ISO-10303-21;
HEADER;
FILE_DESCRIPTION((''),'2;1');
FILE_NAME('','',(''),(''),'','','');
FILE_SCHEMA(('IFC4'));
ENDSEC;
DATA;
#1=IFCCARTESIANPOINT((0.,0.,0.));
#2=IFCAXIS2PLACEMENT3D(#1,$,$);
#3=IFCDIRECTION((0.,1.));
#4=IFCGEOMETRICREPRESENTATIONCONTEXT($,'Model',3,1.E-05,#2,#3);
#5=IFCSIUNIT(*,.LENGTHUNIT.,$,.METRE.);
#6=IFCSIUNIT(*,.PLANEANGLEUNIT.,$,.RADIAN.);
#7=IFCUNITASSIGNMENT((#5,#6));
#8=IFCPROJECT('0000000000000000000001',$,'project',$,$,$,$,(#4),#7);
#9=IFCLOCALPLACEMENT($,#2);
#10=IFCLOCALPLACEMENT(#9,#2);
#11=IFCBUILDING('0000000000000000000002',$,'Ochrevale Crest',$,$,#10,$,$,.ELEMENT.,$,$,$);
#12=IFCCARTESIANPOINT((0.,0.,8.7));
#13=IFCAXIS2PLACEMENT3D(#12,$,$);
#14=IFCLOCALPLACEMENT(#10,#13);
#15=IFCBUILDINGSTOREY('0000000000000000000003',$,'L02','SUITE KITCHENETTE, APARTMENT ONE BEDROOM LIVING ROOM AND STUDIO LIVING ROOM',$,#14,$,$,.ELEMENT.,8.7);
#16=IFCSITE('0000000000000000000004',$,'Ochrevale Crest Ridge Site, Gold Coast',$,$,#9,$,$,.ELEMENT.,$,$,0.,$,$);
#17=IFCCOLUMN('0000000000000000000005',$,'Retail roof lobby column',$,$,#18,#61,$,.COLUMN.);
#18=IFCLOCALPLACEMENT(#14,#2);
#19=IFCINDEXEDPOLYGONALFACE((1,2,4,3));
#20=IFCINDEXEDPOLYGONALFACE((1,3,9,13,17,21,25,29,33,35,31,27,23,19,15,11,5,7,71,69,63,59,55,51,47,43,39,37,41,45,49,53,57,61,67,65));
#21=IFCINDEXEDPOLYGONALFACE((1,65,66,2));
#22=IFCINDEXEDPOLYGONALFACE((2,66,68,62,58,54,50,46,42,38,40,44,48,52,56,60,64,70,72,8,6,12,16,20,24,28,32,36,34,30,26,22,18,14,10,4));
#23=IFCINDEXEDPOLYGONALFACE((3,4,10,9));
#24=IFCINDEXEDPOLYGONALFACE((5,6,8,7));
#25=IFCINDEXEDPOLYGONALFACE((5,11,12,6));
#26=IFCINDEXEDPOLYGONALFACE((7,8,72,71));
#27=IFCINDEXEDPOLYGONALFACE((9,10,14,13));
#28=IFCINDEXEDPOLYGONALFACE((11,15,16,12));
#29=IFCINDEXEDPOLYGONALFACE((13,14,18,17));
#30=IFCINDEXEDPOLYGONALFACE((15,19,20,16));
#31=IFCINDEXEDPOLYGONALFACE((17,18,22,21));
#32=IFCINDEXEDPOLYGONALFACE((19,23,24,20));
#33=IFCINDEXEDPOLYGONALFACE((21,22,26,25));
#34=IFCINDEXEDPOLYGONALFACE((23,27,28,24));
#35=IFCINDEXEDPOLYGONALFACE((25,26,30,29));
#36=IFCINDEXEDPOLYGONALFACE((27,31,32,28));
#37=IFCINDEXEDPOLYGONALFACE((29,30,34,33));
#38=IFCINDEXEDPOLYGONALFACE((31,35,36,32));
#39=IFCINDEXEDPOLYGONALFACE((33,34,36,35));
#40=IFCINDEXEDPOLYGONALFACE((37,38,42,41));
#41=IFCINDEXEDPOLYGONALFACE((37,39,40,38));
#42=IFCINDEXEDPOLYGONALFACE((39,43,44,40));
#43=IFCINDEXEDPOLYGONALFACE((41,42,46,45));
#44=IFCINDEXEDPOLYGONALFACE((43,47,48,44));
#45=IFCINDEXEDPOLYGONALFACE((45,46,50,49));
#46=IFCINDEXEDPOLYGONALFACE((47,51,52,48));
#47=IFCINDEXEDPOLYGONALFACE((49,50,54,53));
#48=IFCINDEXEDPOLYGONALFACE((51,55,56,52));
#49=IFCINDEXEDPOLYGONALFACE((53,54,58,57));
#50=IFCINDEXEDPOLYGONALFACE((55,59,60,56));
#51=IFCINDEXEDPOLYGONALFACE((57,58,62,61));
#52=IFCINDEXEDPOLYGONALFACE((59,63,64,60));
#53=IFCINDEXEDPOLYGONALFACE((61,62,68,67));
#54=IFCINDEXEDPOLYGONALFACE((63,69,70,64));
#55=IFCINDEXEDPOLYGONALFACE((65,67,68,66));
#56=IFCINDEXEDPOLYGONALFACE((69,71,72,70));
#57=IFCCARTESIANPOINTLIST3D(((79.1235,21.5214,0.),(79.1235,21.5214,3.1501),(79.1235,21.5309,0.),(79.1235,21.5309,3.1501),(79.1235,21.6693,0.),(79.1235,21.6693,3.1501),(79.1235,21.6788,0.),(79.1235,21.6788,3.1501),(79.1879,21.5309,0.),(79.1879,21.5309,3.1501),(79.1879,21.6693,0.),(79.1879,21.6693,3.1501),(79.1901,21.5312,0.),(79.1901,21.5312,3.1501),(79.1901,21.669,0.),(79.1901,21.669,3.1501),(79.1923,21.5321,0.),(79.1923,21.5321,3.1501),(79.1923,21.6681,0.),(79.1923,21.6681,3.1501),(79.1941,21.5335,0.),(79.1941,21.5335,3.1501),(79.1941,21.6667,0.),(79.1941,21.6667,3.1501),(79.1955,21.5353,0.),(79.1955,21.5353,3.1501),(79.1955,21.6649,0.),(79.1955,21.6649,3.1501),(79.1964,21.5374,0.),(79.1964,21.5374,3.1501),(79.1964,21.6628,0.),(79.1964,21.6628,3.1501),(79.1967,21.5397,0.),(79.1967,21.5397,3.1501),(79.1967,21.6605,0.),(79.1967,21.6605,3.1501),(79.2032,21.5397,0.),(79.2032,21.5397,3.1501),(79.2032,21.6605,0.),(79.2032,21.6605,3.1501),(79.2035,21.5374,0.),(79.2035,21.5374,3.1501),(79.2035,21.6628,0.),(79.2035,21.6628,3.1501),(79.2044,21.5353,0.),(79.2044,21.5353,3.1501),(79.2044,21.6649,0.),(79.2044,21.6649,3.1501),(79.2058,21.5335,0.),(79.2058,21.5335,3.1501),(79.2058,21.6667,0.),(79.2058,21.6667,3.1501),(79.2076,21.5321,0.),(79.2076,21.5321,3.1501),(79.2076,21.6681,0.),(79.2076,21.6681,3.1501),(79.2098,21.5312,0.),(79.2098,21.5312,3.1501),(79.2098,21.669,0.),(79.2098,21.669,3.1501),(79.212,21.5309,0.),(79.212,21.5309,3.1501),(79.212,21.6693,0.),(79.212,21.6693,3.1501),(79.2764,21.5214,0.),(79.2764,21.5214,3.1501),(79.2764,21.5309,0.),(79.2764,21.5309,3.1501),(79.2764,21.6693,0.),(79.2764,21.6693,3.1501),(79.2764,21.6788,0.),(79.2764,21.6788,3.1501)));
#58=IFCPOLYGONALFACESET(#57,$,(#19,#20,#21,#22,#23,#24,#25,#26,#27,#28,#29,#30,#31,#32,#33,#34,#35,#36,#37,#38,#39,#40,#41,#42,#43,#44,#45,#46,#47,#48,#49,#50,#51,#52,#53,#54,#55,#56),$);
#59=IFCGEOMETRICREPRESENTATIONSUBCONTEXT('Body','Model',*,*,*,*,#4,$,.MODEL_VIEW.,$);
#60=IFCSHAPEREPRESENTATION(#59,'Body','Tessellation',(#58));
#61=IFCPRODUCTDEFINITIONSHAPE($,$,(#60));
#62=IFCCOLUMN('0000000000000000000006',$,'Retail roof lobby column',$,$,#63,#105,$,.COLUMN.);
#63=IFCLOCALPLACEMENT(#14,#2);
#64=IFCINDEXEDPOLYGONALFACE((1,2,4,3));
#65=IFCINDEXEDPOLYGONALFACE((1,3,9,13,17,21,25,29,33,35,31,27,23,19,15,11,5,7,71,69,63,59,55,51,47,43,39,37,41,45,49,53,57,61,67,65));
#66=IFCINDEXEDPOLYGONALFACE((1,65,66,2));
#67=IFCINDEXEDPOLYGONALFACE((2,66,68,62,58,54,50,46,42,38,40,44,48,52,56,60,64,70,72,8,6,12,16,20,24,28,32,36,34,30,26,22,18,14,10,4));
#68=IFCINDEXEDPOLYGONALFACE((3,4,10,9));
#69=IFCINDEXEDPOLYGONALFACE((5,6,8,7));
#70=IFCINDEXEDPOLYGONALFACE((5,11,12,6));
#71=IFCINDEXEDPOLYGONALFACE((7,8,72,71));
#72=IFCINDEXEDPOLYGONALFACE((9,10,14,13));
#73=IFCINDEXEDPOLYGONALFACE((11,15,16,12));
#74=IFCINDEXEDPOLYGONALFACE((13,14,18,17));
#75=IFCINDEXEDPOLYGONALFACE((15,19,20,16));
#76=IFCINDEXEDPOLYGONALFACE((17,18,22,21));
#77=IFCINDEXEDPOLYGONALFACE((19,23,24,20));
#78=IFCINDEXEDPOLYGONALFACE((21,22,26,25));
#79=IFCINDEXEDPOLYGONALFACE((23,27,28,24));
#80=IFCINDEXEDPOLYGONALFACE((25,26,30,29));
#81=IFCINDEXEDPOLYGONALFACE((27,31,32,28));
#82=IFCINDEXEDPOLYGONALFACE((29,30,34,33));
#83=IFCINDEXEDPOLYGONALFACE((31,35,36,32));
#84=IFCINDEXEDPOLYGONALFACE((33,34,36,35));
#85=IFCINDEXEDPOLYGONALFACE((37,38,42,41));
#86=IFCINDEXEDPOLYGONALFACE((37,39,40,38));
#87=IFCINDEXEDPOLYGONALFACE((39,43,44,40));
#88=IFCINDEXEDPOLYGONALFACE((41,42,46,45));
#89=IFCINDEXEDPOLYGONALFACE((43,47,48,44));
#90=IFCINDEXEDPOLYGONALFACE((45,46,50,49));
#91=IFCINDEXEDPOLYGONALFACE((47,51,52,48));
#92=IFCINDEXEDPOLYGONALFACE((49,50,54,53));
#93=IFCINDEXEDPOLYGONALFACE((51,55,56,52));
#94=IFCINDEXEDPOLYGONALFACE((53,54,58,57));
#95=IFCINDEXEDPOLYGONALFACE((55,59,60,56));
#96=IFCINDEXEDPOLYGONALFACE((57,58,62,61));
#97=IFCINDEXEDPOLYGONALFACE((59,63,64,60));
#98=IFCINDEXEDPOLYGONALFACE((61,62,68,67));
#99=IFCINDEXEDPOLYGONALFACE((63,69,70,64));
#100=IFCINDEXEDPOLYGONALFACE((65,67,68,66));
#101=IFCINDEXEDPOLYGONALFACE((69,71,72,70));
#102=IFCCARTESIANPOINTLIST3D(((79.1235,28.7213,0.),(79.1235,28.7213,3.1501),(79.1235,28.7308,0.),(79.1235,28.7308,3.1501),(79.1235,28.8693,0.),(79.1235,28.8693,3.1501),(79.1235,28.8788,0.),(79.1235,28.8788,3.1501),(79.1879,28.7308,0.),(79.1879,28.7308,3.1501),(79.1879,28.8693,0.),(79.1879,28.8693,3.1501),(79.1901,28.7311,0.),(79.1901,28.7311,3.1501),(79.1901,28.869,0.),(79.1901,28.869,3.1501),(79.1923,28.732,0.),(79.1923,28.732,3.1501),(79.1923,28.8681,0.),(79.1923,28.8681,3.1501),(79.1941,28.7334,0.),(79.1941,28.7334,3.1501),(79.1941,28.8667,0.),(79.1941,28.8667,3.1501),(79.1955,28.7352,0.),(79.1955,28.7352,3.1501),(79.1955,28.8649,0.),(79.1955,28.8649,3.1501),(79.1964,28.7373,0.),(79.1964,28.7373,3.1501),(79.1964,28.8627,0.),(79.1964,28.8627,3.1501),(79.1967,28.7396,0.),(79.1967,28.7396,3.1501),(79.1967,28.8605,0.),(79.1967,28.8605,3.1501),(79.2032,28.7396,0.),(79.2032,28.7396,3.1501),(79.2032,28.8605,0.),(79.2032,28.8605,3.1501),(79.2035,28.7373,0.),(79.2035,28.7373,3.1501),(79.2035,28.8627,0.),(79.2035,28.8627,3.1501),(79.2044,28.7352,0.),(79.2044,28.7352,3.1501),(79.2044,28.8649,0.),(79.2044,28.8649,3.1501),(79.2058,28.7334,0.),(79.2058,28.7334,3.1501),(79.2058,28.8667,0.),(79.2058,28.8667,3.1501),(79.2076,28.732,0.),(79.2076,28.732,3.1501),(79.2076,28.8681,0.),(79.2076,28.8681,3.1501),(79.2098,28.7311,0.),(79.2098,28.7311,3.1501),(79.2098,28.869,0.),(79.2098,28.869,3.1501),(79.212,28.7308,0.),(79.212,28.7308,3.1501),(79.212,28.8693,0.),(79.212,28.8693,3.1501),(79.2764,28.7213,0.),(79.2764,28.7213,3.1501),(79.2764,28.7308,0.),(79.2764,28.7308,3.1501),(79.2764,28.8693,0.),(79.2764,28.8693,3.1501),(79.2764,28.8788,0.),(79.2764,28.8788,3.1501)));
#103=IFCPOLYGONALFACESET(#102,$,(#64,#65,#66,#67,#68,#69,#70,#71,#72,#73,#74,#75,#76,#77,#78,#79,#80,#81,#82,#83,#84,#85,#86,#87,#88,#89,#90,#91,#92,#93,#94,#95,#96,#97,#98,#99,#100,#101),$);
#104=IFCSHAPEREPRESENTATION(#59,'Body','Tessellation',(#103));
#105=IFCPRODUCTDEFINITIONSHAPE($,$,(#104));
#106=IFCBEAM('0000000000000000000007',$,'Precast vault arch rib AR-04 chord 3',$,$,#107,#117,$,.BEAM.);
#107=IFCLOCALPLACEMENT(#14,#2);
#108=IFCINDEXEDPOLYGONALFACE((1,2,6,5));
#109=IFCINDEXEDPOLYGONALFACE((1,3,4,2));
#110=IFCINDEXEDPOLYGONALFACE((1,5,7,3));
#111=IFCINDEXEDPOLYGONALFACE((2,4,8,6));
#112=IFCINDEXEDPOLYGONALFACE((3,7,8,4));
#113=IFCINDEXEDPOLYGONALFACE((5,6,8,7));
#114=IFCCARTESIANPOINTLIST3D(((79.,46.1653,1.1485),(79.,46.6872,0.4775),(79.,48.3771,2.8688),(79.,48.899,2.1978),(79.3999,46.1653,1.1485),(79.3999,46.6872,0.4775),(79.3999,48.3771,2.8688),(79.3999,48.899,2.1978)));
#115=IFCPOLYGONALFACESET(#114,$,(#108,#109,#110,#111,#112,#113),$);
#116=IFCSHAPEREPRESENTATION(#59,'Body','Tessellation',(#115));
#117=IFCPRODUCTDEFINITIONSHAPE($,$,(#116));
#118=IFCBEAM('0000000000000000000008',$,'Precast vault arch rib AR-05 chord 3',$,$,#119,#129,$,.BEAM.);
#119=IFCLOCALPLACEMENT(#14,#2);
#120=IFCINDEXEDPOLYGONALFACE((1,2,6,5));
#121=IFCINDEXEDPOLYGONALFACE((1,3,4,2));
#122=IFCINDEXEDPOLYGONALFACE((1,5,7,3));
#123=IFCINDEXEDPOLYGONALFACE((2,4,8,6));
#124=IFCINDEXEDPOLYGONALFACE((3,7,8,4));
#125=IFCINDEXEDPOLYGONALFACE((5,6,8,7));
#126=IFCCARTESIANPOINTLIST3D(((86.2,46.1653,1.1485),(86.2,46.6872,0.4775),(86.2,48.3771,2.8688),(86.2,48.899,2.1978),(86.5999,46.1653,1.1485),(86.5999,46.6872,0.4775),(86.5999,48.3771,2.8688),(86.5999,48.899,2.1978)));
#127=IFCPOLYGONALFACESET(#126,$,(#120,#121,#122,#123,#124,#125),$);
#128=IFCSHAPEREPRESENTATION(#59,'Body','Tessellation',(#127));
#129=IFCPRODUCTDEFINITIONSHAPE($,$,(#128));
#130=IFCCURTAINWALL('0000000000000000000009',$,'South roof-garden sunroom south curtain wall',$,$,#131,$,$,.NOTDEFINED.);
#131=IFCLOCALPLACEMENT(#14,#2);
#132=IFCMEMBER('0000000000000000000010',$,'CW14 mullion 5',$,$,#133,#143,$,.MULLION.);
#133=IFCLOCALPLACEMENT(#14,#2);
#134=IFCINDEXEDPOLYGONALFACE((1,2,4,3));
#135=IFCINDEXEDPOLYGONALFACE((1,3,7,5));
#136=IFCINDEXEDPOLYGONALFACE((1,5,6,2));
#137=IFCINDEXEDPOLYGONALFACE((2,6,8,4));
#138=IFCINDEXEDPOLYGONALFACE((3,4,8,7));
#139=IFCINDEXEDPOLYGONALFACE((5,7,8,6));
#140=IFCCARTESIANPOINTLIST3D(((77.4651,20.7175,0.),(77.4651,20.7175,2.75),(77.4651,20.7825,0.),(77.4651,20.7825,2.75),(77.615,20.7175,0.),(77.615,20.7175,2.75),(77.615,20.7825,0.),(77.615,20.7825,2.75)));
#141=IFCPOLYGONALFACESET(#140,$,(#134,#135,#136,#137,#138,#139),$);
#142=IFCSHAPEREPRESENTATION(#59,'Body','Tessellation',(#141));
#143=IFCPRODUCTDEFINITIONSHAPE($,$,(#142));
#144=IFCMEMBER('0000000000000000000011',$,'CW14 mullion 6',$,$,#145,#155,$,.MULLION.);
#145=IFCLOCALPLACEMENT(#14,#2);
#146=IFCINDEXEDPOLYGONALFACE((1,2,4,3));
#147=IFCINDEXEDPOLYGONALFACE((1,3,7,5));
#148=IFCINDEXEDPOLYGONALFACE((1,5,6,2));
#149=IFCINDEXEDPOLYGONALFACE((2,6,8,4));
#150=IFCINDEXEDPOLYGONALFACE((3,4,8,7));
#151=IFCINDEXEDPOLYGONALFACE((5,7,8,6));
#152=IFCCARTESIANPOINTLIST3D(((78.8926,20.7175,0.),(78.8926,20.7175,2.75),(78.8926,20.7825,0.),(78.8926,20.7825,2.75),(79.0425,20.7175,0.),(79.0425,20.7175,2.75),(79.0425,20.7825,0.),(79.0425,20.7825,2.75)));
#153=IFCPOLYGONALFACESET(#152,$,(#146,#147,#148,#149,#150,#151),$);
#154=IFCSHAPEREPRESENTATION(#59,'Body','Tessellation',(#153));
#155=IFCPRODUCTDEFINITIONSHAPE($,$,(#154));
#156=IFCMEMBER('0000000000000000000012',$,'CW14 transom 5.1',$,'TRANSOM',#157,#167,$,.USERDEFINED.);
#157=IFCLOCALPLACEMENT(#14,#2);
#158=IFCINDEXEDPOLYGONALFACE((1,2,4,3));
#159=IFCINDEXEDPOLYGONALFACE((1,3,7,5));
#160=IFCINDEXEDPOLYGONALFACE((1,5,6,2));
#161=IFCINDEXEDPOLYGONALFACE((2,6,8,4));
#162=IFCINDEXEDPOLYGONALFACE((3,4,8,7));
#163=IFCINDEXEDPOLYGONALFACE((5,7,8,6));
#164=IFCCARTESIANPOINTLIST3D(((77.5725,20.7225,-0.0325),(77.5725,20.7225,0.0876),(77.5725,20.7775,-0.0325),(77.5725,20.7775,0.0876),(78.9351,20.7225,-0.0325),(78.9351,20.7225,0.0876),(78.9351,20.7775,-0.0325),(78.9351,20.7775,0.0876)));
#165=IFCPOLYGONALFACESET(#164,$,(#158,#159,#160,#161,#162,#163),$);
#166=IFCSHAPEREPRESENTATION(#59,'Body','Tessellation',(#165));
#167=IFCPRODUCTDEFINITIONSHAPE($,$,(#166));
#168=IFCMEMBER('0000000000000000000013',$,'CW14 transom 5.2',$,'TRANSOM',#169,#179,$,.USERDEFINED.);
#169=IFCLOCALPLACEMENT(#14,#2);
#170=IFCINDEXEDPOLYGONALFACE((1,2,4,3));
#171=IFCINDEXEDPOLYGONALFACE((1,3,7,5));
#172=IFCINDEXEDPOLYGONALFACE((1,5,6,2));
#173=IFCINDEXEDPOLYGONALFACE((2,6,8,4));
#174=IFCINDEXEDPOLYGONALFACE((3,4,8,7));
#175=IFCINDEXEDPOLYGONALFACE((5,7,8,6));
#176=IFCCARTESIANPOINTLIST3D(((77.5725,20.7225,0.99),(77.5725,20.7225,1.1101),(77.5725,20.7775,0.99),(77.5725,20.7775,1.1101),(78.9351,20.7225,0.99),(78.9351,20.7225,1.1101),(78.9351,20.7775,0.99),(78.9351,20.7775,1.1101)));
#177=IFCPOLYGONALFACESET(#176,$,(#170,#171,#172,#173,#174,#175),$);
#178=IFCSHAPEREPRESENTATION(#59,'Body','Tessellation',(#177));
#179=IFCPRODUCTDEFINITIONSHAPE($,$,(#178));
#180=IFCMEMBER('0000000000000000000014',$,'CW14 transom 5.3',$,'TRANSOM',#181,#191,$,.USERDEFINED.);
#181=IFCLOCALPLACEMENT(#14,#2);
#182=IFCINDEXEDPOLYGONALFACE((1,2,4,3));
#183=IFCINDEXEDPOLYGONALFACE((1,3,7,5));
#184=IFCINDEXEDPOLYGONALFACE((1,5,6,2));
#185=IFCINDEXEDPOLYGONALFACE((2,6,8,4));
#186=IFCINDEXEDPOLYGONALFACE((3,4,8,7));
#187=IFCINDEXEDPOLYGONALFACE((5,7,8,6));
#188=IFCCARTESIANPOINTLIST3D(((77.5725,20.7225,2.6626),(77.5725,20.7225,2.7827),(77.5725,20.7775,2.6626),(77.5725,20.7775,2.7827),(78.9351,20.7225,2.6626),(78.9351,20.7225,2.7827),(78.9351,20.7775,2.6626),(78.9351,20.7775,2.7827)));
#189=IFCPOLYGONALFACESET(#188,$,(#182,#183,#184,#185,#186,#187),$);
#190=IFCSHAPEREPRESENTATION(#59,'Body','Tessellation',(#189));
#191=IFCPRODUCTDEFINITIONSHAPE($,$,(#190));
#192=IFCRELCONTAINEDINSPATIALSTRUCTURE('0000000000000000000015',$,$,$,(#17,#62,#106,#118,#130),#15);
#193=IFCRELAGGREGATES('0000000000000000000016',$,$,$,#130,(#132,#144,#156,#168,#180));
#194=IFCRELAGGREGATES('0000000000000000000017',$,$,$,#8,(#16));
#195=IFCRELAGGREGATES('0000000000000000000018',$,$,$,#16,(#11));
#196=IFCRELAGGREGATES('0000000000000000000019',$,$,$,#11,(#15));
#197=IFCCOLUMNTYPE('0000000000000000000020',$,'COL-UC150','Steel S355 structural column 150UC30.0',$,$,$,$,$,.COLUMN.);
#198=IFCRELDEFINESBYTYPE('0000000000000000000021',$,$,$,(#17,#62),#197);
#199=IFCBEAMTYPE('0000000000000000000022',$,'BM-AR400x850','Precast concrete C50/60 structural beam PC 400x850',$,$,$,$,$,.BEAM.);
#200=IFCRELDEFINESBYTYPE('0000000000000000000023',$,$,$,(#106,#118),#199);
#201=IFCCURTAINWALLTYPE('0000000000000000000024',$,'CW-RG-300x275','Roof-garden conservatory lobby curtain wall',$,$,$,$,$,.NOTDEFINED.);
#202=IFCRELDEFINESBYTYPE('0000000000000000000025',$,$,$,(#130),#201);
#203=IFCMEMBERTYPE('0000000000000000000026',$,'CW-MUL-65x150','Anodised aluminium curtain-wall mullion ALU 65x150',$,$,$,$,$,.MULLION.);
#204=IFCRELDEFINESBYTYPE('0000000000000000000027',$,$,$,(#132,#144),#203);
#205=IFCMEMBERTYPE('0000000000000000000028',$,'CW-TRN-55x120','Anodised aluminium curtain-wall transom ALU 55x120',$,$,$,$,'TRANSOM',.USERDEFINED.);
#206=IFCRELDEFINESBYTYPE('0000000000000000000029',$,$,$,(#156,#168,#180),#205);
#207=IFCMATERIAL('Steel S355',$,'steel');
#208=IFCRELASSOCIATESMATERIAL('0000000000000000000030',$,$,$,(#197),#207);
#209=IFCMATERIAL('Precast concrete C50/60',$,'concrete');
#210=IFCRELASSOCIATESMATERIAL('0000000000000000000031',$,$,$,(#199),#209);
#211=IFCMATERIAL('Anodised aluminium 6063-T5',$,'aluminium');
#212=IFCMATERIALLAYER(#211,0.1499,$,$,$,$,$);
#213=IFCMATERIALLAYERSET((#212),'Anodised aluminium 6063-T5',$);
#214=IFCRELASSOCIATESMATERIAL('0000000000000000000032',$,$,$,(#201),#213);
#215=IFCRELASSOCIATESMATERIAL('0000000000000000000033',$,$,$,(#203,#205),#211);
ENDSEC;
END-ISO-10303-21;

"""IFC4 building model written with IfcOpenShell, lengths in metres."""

from ifc_helpers import new_model, si_unit, direction, frame, origin, origin_2d, place, context, subcontext, project, spatial, rectangle, i_section, extrude, material, layer, layer_set, material_profile, profile_set, type_object, element, aggregate, save


model = new_model("IFC4")

# Units and contexts
model_context = context("Model", 3, precision=1e-05, world=origin(), true_north=direction((0.0, 1.0)))
body_context = subcontext(model_context, "Body", "Model", "MODEL_VIEW")
ifc_project = project(units=[si_unit("LENGTHUNIT", "METRE"), si_unit("PLANEANGLEUNIT", "RADIAN")], contexts=[model_context])

# Site, building, storey
site_placement = place(None, origin())
site = spatial("IfcSite", under=ifc_project, at=site_placement, Name="Ochrevale Crest Ridge Site, Gold Coast", CompositionType="ELEMENT", RefElevation=0.0)
building_placement = place(site_placement, origin())
building = spatial("IfcBuilding", under=site, at=building_placement, Name="Ochrevale Crest", CompositionType="ELEMENT")
storey_placement = place(building_placement, frame((0.0, 0.0, 8.7)))
storey = spatial("IfcBuildingStorey", under=building, at=storey_placement, Name="L02", Description="SUITE KITCHENETTE, APARTMENT ONE BEDROOM LIVING ROOM AND STUDIO LIVING ROOM", CompositionType="ELEMENT", Elevation=8.7)

# Columns
ifc_material_1 = material(Name="Steel S355", Category="steel")
ifc_material_profile_1 = material_profile(ifc_material_1, i_section(OverallWidth=0.1528, OverallDepth=0.1575, WebThickness=0.0066, FlangeThickness=0.0095, FilletRadius=0.0088, at=origin_2d()), Name="150UC30.0")
ifc_profile_set_1 = profile_set([ifc_material_profile_1], Name="Steel S355")
column_type = type_object("IfcColumnType", Name="COL-UC150", Description="Steel S355 structural column 150UC30.0", PredefinedType="COLUMN", material=ifc_profile_set_1)
for number, where, z_axis, x_axis, name in (
    (1, (79.2, 21.6001, 0.0), (0.0, 0.0, 1.0), (1.0, 0.0, 0.0), "Retail roof lobby column"),
    (2, (79.2, 28.8, 0.0), (0.0, 0.0, 1.0), (1.0, 0.0, 0.0), "Retail roof lobby column"),
):
    element("IfcColumn", number, at=place(storey_placement, frame(where, z_axis=z_axis, x_axis=x_axis)), inside=storey, type_object=column_type, Name=name, PredefinedType="COLUMN", context=body_context, shape_type="SweptSolid", body=[
        extrude(i_section(OverallWidth=0.1528, OverallDepth=0.1575, WebThickness=0.0066, FlangeThickness=0.0095, FilletRadius=0.0088, at=origin_2d()), origin(), (0.0, 0.0, 1.0), 3.1501),
    ])

# Beams
ifc_material_2 = material(Name="Precast concrete C50/60", Category="concrete")
ifc_material_profile_2 = material_profile(ifc_material_2, rectangle(XDim=0.3999, YDim=0.8501, at=origin_2d()), Name="PC 400x850")
ifc_profile_set_2 = profile_set([ifc_material_profile_2], Name="Precast concrete C50/60")
beam_type = type_object("IfcBeamType", Name="BM-AR400x850", Description="Precast concrete C50/60 structural beam PC 400x850", PredefinedType="BEAM", material=ifc_profile_set_2)
for number, where, z_axis, x_axis, name in (
    (3, (79.2, 46.4263, 0.813), (0.0, 0.789348, 0.613947), (-1.0, 0.0, 0.0), "Precast vault arch rib AR-04 chord 3"),
    (4, (86.3999, 46.4263, 0.813), (0.0, 0.789348, 0.613947), (-1.0, 0.0, 0.0), "Precast vault arch rib AR-05 chord 3"),
):
    element("IfcBeam", number, at=place(storey_placement, frame(where, z_axis=z_axis, x_axis=x_axis)), inside=storey, type_object=beam_type, Name=name, PredefinedType="BEAM", context=body_context, shape_type="SweptSolid", body=[
        extrude(rectangle(XDim=0.3999, YDim=0.8501, at=origin_2d()), origin(), (0.0, 0.0, 1.0), 2.802),
    ])

# Curtain wall, members
ifc_material_3 = material(Name="Anodised aluminium 6063-T5", Category="aluminium")
ifc_layer_1 = layer(ifc_material_3, 0.1499)
ifc_layer_set_1 = layer_set([ifc_layer_1], Name="Anodised aluminium 6063-T5")
curtain_wall_type = type_object("IfcCurtainWallType", Name="CW-RG-300x275", Description="Roof-garden conservatory lobby curtain wall", PredefinedType="NOTDEFINED", material=ifc_layer_set_1)
curtain_wall_placement = place(storey_placement, origin())
curtain_wall = element("IfcCurtainWall", 5, at=curtain_wall_placement, inside=storey, type_object=curtain_wall_type, Name="South roof-garden sunroom south curtain wall", PredefinedType="NOTDEFINED")
ifc_material_profile_3 = material_profile(ifc_material_3, rectangle(XDim=0.0649, YDim=0.1499, at=origin_2d()), Name="ALU 65x150")
ifc_profile_set_3 = profile_set([ifc_material_profile_3], Name="Anodised aluminium 6063-T5")
member_type_1 = type_object("IfcMemberType", Name="CW-MUL-65x150", Description="Anodised aluminium curtain-wall mullion ALU 65x150", PredefinedType="MULLION", material=ifc_profile_set_3)
member_1_placement = place(storey_placement, frame((77.54, 20.75, 0.0), z_axis=(0.0, 0.0, 1.0), x_axis=(0.0, 1.0, 0.0)))
member_1 = element("IfcMember", 6, at=member_1_placement, type_object=member_type_1, Name="CW14 mullion 5", PredefinedType="MULLION", context=body_context, shape_type="SweptSolid", body=[
    extrude(rectangle(XDim=0.0649, YDim=0.1499, at=origin_2d()), origin(), (0.0, 0.0, 1.0), 2.75),
])
member_2_placement = place(storey_placement, frame((78.9675, 20.75, 0.0), z_axis=(0.0, 0.0, 1.0), x_axis=(0.0, 1.0, 0.0)))
member_2 = element("IfcMember", 7, at=member_2_placement, type_object=member_type_1, Name="CW14 mullion 6", PredefinedType="MULLION", context=body_context, shape_type="SweptSolid", body=[
    extrude(rectangle(XDim=0.0649, YDim=0.1499, at=origin_2d()), origin(), (0.0, 0.0, 1.0), 2.75),
])
ifc_material_profile_4 = material_profile(ifc_material_3, rectangle(XDim=0.0549, YDim=0.1201, at=origin_2d()), Name="ALU 55x120")
ifc_profile_set_4 = profile_set([ifc_material_profile_4], Name="Anodised aluminium 6063-T5")
member_type_2 = type_object("IfcMemberType", Name="CW-TRN-55x120", Description="Anodised aluminium curtain-wall transom ALU 55x120", ElementType="TRANSOM", PredefinedType="USERDEFINED", material=ifc_profile_set_4)
member_3_placement = place(storey_placement, frame((77.5725, 20.75, 0.0276), z_axis=(1.0, 0.0, 0.0), x_axis=(0.0, 1.0, 0.0)))
member_3 = element("IfcMember", 8, at=member_3_placement, type_object=member_type_2, Name="CW14 transom 5.1", ObjectType="TRANSOM", PredefinedType="USERDEFINED", context=body_context, shape_type="SweptSolid", body=[
    extrude(rectangle(XDim=0.0549, YDim=0.1201, at=origin_2d()), origin(), (0.0, 0.0, 1.0), 1.3625),
])
member_4_placement = place(storey_placement, frame((77.5725, 20.75, 1.05), z_axis=(1.0, 0.0, 0.0), x_axis=(0.0, 1.0, 0.0)))
member_4 = element("IfcMember", 9, at=member_4_placement, type_object=member_type_2, Name="CW14 transom 5.2", ObjectType="TRANSOM", PredefinedType="USERDEFINED", context=body_context, shape_type="SweptSolid", body=[
    extrude(rectangle(XDim=0.0549, YDim=0.1201, at=origin_2d()), origin(), (0.0, 0.0, 1.0), 1.3625),
])
member_5_placement = place(storey_placement, frame((77.5725, 20.75, 2.7227), z_axis=(1.0, 0.0, 0.0), x_axis=(0.0, 1.0, 0.0)))
member_5 = element("IfcMember", 10, at=member_5_placement, type_object=member_type_2, Name="CW14 transom 5.3", ObjectType="TRANSOM", PredefinedType="USERDEFINED", context=body_context, shape_type="SweptSolid", body=[
    extrude(rectangle(XDim=0.0549, YDim=0.1201, at=origin_2d()), origin(), (0.0, 0.0, 1.0), 1.3625),
])

aggregate(curtain_wall, [member_1, member_2, member_3, member_4, member_5])

save(model, "model.ifc")
